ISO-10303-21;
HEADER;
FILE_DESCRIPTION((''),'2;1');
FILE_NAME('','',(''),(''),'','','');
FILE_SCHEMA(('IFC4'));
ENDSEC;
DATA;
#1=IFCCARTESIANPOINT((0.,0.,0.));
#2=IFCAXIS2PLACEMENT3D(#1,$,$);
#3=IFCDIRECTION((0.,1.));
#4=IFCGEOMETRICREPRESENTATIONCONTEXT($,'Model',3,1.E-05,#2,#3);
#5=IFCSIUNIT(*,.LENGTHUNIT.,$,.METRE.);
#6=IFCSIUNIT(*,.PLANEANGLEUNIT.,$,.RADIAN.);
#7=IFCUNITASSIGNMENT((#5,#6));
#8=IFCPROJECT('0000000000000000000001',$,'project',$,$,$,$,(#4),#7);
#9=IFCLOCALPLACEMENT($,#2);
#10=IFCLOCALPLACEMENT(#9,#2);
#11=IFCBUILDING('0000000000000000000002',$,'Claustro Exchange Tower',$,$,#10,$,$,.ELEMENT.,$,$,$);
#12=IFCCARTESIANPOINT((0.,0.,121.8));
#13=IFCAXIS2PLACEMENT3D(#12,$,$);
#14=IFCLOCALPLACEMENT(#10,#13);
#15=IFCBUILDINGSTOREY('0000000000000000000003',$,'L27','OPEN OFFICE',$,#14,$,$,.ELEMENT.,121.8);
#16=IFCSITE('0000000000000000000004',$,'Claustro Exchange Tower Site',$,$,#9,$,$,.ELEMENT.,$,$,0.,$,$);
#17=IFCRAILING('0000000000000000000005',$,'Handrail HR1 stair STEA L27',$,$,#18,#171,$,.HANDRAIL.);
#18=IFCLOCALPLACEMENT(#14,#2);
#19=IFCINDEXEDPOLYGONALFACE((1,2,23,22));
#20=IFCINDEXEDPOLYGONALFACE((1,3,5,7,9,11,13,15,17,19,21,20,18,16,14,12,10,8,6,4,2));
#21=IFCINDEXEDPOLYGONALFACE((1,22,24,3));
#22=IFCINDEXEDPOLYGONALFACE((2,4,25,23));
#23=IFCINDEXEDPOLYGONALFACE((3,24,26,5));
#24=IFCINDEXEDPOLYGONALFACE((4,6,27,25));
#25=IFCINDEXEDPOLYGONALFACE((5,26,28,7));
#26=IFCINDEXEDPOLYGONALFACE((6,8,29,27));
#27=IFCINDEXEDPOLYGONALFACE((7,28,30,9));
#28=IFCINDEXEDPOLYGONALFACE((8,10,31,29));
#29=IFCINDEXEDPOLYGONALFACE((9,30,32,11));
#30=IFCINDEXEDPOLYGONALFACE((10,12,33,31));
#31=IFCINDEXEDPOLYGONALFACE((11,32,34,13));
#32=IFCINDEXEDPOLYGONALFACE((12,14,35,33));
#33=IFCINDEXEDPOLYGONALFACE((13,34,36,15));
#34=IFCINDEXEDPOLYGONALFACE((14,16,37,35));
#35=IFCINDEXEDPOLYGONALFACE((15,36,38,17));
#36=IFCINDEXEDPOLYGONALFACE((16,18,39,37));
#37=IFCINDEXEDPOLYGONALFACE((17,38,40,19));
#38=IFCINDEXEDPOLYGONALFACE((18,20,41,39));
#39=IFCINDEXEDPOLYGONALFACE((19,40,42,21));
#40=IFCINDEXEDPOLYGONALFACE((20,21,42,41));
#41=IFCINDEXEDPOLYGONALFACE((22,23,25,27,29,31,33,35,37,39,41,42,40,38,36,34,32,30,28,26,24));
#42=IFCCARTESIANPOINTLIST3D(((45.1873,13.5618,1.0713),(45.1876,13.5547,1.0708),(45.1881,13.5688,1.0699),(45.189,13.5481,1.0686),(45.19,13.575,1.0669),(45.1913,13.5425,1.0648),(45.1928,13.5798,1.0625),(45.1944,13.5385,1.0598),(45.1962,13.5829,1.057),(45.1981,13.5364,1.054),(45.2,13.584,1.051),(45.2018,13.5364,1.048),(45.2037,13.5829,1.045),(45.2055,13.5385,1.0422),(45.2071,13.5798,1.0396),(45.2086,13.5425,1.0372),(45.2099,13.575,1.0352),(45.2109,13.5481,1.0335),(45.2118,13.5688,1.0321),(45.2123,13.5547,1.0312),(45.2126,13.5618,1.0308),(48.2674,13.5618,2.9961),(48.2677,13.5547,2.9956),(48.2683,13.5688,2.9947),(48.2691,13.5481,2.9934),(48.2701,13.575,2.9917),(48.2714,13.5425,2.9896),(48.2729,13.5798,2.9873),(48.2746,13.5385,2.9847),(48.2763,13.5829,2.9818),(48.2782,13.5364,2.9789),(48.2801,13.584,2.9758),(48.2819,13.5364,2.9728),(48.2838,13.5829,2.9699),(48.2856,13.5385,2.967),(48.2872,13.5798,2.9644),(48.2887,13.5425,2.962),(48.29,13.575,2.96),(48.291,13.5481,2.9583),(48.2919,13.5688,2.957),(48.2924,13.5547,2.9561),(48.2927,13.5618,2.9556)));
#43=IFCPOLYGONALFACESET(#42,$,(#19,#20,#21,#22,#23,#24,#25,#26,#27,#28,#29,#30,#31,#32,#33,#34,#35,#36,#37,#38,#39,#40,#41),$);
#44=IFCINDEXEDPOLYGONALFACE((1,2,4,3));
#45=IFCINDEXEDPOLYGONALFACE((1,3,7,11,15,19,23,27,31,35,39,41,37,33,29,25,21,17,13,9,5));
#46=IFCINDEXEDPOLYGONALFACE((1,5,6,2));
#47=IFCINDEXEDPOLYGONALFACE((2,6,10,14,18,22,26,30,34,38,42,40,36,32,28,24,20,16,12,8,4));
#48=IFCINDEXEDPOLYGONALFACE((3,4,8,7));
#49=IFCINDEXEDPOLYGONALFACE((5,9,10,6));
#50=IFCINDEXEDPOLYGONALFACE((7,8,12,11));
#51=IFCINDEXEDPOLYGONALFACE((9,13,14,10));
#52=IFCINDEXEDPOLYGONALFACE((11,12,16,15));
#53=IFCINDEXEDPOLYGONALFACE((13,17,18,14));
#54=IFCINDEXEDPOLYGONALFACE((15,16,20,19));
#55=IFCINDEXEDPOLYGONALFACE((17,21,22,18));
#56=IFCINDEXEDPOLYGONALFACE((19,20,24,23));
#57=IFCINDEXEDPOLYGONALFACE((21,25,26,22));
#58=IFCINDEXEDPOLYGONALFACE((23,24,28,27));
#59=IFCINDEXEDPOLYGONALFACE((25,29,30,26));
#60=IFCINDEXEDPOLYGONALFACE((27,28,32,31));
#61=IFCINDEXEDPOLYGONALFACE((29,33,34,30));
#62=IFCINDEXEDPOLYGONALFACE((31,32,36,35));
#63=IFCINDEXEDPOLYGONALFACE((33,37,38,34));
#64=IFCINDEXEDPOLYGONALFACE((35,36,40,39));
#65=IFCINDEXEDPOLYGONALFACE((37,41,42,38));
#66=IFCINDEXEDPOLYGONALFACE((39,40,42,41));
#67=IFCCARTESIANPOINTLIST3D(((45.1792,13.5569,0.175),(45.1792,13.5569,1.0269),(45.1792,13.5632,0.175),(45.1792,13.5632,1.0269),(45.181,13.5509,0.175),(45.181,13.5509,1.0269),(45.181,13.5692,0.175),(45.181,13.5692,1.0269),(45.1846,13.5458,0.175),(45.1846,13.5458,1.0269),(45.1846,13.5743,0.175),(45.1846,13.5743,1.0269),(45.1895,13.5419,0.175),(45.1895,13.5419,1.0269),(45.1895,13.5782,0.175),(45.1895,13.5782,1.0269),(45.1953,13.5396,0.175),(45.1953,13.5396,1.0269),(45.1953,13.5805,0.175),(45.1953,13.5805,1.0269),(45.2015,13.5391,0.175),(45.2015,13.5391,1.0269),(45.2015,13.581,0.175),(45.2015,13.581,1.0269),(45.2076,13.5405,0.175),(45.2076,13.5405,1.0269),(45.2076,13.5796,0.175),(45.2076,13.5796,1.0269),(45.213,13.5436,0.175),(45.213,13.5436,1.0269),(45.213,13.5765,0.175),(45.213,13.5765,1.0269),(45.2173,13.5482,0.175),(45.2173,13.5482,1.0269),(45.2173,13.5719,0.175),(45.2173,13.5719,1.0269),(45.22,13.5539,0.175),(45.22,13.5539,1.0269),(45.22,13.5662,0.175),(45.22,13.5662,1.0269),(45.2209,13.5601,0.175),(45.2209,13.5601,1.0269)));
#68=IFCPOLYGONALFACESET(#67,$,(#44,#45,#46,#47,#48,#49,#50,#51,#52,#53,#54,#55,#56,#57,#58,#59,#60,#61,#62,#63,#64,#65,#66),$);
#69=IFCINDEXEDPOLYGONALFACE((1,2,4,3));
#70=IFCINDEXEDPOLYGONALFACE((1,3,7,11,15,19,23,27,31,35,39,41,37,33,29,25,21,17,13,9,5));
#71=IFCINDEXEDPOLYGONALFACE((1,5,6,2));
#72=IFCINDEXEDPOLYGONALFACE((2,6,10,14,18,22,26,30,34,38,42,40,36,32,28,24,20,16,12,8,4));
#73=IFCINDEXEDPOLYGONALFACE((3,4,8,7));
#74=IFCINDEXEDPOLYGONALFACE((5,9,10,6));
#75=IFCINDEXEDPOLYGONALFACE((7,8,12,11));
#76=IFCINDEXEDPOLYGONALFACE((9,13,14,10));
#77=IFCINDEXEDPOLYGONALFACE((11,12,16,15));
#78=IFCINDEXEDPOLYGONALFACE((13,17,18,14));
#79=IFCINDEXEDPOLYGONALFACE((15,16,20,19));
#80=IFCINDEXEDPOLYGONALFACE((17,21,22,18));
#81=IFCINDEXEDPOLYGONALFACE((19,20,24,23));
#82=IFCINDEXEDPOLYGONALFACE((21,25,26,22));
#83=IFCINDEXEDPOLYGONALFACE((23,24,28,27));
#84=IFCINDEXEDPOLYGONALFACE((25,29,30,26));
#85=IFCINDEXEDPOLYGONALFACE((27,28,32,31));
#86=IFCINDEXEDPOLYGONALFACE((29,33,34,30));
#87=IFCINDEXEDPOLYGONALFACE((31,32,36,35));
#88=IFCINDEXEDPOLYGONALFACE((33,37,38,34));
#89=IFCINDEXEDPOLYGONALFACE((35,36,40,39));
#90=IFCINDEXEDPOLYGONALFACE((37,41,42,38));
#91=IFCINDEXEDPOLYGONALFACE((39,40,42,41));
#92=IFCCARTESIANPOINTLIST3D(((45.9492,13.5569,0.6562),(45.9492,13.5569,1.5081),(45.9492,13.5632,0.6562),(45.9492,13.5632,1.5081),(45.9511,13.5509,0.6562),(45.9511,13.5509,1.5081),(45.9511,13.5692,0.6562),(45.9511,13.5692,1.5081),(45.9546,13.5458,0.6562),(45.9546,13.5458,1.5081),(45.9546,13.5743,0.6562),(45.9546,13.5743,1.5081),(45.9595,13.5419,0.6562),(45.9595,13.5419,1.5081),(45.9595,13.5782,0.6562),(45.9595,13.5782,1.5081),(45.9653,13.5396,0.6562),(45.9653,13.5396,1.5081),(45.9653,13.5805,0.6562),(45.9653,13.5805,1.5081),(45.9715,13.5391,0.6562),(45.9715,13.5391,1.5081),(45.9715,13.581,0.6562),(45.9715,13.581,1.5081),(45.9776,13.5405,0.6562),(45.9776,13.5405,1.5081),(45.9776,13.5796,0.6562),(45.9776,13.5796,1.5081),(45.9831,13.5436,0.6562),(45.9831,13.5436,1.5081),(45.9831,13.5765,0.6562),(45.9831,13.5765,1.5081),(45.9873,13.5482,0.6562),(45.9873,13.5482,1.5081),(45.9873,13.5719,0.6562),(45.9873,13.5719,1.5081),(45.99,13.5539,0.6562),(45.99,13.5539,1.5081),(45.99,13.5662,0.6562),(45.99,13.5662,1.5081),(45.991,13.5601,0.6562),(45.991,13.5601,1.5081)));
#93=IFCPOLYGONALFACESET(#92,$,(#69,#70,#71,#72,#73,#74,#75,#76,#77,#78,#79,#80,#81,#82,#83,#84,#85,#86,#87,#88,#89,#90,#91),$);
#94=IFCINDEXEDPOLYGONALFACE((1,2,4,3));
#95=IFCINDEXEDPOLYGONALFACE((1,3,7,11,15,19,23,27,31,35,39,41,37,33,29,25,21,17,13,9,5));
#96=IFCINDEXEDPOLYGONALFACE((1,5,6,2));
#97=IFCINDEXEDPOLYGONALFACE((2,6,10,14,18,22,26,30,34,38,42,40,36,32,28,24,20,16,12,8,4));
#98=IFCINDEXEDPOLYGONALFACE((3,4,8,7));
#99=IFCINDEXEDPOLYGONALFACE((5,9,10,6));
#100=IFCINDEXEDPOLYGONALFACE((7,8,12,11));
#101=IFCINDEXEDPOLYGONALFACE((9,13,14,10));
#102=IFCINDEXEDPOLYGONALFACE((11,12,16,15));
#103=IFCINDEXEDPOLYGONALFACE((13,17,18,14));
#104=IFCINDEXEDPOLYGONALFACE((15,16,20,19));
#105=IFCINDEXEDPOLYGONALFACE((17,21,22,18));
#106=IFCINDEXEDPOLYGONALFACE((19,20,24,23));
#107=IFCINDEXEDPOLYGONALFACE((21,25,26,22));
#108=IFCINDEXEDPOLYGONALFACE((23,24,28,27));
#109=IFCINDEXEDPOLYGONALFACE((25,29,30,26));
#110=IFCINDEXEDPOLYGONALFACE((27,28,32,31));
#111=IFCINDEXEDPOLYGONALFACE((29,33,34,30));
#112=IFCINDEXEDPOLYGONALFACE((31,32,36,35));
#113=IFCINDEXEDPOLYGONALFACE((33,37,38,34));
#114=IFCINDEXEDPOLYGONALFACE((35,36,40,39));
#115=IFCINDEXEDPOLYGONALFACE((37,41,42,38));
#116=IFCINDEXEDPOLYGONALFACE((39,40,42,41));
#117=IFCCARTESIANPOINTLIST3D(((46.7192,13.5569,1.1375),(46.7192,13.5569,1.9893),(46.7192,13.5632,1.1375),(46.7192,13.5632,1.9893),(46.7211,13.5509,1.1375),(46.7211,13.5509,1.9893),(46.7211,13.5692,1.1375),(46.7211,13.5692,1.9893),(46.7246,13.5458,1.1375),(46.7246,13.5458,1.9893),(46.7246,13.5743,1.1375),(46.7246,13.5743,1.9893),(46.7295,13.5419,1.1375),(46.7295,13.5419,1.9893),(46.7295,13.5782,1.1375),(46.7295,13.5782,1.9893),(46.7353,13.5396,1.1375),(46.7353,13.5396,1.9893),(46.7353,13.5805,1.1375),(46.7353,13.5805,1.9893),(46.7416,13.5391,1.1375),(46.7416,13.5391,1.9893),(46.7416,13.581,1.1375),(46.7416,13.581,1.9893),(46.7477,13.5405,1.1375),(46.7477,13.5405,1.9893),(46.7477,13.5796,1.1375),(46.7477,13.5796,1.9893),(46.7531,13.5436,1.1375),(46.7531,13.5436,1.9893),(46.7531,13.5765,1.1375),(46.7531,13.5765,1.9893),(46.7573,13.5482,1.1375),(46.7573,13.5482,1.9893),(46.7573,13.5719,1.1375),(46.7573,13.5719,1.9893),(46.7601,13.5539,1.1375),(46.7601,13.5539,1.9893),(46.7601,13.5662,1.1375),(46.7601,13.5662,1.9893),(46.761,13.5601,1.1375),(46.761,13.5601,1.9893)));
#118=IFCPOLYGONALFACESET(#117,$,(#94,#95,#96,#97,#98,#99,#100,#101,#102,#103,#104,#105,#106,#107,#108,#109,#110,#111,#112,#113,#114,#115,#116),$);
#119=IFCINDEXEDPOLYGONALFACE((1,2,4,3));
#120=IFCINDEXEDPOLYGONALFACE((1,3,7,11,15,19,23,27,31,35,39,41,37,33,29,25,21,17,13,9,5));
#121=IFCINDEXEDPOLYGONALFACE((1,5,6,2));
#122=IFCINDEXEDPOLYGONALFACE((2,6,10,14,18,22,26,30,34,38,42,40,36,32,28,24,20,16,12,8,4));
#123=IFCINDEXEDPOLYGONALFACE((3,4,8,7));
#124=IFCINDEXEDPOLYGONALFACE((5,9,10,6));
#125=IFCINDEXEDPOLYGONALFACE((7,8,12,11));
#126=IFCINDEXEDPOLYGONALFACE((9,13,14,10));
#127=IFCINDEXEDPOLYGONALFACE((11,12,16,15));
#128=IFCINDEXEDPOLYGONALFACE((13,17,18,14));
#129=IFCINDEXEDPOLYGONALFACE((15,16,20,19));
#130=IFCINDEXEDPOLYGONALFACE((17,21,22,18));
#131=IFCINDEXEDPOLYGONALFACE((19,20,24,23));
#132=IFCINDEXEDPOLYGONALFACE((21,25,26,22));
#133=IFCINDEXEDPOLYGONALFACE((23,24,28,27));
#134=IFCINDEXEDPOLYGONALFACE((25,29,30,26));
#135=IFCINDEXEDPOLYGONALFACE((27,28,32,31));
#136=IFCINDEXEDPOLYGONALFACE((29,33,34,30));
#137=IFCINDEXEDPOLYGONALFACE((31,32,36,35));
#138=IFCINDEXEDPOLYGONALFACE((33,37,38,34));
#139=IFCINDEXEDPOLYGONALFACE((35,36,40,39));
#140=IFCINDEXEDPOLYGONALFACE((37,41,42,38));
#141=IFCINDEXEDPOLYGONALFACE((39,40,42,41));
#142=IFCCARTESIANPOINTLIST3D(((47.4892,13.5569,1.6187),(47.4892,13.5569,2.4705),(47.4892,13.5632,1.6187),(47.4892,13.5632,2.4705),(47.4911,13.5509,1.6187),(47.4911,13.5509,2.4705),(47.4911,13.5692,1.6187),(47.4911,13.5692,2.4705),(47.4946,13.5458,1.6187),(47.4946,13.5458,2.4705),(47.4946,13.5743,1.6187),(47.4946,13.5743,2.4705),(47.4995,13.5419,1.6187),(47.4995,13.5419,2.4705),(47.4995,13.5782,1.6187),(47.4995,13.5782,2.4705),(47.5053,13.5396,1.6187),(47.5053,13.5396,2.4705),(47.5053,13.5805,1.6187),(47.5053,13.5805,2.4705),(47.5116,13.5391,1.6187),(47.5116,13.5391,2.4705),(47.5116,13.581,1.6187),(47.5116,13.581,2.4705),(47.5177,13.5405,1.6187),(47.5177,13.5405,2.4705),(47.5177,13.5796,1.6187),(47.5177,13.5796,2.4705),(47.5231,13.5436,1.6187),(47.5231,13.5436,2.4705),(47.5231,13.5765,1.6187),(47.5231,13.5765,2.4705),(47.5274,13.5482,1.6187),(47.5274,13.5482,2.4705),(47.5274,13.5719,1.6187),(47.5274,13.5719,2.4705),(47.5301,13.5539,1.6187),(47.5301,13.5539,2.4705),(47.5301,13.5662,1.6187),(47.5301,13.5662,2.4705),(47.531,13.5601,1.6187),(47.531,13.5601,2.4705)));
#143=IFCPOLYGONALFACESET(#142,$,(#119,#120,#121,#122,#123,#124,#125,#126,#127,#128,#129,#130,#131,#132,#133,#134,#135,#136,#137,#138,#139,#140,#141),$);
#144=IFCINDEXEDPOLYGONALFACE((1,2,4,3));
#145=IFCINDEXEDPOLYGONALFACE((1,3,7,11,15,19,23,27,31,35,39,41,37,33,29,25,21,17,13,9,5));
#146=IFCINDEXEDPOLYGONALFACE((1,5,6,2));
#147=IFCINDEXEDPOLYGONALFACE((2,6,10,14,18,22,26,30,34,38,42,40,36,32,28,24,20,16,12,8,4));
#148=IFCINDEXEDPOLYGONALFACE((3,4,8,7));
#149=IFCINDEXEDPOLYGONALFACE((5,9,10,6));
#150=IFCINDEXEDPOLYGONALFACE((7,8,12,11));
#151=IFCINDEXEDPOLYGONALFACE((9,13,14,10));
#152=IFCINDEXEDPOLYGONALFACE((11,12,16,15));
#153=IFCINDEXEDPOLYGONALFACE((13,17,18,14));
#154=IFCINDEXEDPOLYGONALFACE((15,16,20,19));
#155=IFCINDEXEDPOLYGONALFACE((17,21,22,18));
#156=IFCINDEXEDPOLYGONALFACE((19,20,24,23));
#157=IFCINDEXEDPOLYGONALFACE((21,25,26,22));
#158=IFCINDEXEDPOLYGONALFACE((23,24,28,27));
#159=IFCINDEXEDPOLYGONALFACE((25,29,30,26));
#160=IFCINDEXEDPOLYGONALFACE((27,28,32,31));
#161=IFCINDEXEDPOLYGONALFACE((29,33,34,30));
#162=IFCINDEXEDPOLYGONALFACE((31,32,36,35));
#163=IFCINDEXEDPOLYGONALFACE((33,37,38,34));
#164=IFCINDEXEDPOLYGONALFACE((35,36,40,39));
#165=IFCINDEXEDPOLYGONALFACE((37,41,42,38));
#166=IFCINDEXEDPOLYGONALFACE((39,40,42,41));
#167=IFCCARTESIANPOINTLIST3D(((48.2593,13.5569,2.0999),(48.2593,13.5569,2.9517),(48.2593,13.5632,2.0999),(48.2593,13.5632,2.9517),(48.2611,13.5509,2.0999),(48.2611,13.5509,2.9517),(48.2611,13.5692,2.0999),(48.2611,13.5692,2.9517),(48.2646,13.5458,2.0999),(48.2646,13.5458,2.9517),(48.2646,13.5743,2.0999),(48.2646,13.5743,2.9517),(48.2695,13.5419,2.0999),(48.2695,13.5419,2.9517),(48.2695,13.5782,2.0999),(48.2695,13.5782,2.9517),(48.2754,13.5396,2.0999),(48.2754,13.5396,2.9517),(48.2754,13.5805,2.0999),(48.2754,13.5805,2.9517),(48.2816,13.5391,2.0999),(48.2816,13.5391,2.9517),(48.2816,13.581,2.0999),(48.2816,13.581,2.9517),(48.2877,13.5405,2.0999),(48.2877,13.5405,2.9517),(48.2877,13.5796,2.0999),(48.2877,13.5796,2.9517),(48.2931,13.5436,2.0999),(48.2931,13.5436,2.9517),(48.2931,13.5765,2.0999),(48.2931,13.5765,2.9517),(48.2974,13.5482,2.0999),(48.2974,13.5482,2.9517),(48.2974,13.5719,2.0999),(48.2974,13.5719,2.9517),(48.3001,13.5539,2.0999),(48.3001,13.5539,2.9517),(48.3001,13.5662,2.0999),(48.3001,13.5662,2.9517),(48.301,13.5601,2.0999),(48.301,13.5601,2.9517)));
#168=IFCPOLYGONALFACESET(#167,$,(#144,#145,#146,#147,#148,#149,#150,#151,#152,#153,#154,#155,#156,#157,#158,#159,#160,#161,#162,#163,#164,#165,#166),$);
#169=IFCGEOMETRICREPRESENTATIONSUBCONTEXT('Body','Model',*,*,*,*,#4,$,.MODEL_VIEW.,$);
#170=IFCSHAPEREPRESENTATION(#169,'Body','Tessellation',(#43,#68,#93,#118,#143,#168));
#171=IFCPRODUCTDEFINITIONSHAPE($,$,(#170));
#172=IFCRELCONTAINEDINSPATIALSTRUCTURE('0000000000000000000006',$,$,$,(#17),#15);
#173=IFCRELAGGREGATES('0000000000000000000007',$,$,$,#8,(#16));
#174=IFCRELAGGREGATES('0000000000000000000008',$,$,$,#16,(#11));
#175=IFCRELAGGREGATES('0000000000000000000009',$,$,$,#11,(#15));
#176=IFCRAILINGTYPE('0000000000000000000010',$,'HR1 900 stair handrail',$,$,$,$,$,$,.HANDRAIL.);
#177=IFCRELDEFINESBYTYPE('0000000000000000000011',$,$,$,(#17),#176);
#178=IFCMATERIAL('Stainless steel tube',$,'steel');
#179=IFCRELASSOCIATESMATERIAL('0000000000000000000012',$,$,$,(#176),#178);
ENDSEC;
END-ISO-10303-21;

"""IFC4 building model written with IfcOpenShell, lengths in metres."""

from ifc_helpers import new_model, si_unit, direction, frame, origin, origin_2d, place, context, subcontext, project, spatial, circle, extrude, material, type_object, element, save


model = new_model("IFC4")

# Units and contexts
model_context = context("Model", 3, precision=1e-05, world=origin(), true_north=direction((0.0, 1.0)))
body_context = subcontext(model_context, "Body", "Model", "MODEL_VIEW")
ifc_project = project(units=[si_unit("LENGTHUNIT", "METRE"), si_unit("PLANEANGLEUNIT", "RADIAN")], contexts=[model_context])

# Site, building, storey
site_placement = place(None, origin())
site = spatial("IfcSite", under=ifc_project, at=site_placement, Name="Claustro Exchange Tower Site", CompositionType="ELEMENT", RefElevation=0.0)
building_placement = place(site_placement, origin())
building = spatial("IfcBuilding", under=site, at=building_placement, Name="Claustro Exchange Tower", CompositionType="ELEMENT")
storey_placement = place(building_placement, frame((0.0, 0.0, 121.8)))
storey = spatial("IfcBuildingStorey", under=building, at=storey_placement, Name="L27", Description="OPEN OFFICE", CompositionType="ELEMENT", Elevation=121.8)

# Railing
ifc_material_1 = material(Name="Stainless steel tube", Category="steel")
railing_type_1 = type_object("IfcRailingType", Name="HR1 900 stair handrail", PredefinedType="HANDRAIL", material=ifc_material_1)
railing_1_placement = place(storey_placement, frame((45.2, 13.5601, 0.175)))
element("IfcRailing", 1, at=railing_1_placement, inside=storey, type_object=railing_type_1, Name="Handrail HR1 stair STEA L27", PredefinedType="HANDRAIL", context=body_context, shape_type="SweptSolid", body=[
    extrude(circle(Radius=0.0239, at=origin_2d()), frame((0.0, 0.0, 0.876), z_axis=(0.848029, 0.0, 0.529951), x_axis=(0.0, 1.0, 0.0)), (0.0, 0.0, 1.0), 3.6321),
    extrude(circle(Radius=0.021, at=origin_2d()), origin(), (0.0, 0.0, 1.0), 0.8518),
    extrude(circle(Radius=0.021, at=origin_2d()), frame((0.77, 0.0, 0.4812)), (0.0, 0.0, 1.0), 0.8518),
    extrude(circle(Radius=0.021, at=origin_2d()), frame((1.54, 0.0, 0.9624)), (0.0, 0.0, 1.0), 0.8518),
    extrude(circle(Radius=0.021, at=origin_2d()), frame((2.3101, 0.0, 1.4436)), (0.0, 0.0, 1.0), 0.8518),
    extrude(circle(Radius=0.021, at=origin_2d()), frame((3.0801, 0.0, 1.9248)), (0.0, 0.0, 1.0), 0.8518),
])

save(model, "model.ifc")
